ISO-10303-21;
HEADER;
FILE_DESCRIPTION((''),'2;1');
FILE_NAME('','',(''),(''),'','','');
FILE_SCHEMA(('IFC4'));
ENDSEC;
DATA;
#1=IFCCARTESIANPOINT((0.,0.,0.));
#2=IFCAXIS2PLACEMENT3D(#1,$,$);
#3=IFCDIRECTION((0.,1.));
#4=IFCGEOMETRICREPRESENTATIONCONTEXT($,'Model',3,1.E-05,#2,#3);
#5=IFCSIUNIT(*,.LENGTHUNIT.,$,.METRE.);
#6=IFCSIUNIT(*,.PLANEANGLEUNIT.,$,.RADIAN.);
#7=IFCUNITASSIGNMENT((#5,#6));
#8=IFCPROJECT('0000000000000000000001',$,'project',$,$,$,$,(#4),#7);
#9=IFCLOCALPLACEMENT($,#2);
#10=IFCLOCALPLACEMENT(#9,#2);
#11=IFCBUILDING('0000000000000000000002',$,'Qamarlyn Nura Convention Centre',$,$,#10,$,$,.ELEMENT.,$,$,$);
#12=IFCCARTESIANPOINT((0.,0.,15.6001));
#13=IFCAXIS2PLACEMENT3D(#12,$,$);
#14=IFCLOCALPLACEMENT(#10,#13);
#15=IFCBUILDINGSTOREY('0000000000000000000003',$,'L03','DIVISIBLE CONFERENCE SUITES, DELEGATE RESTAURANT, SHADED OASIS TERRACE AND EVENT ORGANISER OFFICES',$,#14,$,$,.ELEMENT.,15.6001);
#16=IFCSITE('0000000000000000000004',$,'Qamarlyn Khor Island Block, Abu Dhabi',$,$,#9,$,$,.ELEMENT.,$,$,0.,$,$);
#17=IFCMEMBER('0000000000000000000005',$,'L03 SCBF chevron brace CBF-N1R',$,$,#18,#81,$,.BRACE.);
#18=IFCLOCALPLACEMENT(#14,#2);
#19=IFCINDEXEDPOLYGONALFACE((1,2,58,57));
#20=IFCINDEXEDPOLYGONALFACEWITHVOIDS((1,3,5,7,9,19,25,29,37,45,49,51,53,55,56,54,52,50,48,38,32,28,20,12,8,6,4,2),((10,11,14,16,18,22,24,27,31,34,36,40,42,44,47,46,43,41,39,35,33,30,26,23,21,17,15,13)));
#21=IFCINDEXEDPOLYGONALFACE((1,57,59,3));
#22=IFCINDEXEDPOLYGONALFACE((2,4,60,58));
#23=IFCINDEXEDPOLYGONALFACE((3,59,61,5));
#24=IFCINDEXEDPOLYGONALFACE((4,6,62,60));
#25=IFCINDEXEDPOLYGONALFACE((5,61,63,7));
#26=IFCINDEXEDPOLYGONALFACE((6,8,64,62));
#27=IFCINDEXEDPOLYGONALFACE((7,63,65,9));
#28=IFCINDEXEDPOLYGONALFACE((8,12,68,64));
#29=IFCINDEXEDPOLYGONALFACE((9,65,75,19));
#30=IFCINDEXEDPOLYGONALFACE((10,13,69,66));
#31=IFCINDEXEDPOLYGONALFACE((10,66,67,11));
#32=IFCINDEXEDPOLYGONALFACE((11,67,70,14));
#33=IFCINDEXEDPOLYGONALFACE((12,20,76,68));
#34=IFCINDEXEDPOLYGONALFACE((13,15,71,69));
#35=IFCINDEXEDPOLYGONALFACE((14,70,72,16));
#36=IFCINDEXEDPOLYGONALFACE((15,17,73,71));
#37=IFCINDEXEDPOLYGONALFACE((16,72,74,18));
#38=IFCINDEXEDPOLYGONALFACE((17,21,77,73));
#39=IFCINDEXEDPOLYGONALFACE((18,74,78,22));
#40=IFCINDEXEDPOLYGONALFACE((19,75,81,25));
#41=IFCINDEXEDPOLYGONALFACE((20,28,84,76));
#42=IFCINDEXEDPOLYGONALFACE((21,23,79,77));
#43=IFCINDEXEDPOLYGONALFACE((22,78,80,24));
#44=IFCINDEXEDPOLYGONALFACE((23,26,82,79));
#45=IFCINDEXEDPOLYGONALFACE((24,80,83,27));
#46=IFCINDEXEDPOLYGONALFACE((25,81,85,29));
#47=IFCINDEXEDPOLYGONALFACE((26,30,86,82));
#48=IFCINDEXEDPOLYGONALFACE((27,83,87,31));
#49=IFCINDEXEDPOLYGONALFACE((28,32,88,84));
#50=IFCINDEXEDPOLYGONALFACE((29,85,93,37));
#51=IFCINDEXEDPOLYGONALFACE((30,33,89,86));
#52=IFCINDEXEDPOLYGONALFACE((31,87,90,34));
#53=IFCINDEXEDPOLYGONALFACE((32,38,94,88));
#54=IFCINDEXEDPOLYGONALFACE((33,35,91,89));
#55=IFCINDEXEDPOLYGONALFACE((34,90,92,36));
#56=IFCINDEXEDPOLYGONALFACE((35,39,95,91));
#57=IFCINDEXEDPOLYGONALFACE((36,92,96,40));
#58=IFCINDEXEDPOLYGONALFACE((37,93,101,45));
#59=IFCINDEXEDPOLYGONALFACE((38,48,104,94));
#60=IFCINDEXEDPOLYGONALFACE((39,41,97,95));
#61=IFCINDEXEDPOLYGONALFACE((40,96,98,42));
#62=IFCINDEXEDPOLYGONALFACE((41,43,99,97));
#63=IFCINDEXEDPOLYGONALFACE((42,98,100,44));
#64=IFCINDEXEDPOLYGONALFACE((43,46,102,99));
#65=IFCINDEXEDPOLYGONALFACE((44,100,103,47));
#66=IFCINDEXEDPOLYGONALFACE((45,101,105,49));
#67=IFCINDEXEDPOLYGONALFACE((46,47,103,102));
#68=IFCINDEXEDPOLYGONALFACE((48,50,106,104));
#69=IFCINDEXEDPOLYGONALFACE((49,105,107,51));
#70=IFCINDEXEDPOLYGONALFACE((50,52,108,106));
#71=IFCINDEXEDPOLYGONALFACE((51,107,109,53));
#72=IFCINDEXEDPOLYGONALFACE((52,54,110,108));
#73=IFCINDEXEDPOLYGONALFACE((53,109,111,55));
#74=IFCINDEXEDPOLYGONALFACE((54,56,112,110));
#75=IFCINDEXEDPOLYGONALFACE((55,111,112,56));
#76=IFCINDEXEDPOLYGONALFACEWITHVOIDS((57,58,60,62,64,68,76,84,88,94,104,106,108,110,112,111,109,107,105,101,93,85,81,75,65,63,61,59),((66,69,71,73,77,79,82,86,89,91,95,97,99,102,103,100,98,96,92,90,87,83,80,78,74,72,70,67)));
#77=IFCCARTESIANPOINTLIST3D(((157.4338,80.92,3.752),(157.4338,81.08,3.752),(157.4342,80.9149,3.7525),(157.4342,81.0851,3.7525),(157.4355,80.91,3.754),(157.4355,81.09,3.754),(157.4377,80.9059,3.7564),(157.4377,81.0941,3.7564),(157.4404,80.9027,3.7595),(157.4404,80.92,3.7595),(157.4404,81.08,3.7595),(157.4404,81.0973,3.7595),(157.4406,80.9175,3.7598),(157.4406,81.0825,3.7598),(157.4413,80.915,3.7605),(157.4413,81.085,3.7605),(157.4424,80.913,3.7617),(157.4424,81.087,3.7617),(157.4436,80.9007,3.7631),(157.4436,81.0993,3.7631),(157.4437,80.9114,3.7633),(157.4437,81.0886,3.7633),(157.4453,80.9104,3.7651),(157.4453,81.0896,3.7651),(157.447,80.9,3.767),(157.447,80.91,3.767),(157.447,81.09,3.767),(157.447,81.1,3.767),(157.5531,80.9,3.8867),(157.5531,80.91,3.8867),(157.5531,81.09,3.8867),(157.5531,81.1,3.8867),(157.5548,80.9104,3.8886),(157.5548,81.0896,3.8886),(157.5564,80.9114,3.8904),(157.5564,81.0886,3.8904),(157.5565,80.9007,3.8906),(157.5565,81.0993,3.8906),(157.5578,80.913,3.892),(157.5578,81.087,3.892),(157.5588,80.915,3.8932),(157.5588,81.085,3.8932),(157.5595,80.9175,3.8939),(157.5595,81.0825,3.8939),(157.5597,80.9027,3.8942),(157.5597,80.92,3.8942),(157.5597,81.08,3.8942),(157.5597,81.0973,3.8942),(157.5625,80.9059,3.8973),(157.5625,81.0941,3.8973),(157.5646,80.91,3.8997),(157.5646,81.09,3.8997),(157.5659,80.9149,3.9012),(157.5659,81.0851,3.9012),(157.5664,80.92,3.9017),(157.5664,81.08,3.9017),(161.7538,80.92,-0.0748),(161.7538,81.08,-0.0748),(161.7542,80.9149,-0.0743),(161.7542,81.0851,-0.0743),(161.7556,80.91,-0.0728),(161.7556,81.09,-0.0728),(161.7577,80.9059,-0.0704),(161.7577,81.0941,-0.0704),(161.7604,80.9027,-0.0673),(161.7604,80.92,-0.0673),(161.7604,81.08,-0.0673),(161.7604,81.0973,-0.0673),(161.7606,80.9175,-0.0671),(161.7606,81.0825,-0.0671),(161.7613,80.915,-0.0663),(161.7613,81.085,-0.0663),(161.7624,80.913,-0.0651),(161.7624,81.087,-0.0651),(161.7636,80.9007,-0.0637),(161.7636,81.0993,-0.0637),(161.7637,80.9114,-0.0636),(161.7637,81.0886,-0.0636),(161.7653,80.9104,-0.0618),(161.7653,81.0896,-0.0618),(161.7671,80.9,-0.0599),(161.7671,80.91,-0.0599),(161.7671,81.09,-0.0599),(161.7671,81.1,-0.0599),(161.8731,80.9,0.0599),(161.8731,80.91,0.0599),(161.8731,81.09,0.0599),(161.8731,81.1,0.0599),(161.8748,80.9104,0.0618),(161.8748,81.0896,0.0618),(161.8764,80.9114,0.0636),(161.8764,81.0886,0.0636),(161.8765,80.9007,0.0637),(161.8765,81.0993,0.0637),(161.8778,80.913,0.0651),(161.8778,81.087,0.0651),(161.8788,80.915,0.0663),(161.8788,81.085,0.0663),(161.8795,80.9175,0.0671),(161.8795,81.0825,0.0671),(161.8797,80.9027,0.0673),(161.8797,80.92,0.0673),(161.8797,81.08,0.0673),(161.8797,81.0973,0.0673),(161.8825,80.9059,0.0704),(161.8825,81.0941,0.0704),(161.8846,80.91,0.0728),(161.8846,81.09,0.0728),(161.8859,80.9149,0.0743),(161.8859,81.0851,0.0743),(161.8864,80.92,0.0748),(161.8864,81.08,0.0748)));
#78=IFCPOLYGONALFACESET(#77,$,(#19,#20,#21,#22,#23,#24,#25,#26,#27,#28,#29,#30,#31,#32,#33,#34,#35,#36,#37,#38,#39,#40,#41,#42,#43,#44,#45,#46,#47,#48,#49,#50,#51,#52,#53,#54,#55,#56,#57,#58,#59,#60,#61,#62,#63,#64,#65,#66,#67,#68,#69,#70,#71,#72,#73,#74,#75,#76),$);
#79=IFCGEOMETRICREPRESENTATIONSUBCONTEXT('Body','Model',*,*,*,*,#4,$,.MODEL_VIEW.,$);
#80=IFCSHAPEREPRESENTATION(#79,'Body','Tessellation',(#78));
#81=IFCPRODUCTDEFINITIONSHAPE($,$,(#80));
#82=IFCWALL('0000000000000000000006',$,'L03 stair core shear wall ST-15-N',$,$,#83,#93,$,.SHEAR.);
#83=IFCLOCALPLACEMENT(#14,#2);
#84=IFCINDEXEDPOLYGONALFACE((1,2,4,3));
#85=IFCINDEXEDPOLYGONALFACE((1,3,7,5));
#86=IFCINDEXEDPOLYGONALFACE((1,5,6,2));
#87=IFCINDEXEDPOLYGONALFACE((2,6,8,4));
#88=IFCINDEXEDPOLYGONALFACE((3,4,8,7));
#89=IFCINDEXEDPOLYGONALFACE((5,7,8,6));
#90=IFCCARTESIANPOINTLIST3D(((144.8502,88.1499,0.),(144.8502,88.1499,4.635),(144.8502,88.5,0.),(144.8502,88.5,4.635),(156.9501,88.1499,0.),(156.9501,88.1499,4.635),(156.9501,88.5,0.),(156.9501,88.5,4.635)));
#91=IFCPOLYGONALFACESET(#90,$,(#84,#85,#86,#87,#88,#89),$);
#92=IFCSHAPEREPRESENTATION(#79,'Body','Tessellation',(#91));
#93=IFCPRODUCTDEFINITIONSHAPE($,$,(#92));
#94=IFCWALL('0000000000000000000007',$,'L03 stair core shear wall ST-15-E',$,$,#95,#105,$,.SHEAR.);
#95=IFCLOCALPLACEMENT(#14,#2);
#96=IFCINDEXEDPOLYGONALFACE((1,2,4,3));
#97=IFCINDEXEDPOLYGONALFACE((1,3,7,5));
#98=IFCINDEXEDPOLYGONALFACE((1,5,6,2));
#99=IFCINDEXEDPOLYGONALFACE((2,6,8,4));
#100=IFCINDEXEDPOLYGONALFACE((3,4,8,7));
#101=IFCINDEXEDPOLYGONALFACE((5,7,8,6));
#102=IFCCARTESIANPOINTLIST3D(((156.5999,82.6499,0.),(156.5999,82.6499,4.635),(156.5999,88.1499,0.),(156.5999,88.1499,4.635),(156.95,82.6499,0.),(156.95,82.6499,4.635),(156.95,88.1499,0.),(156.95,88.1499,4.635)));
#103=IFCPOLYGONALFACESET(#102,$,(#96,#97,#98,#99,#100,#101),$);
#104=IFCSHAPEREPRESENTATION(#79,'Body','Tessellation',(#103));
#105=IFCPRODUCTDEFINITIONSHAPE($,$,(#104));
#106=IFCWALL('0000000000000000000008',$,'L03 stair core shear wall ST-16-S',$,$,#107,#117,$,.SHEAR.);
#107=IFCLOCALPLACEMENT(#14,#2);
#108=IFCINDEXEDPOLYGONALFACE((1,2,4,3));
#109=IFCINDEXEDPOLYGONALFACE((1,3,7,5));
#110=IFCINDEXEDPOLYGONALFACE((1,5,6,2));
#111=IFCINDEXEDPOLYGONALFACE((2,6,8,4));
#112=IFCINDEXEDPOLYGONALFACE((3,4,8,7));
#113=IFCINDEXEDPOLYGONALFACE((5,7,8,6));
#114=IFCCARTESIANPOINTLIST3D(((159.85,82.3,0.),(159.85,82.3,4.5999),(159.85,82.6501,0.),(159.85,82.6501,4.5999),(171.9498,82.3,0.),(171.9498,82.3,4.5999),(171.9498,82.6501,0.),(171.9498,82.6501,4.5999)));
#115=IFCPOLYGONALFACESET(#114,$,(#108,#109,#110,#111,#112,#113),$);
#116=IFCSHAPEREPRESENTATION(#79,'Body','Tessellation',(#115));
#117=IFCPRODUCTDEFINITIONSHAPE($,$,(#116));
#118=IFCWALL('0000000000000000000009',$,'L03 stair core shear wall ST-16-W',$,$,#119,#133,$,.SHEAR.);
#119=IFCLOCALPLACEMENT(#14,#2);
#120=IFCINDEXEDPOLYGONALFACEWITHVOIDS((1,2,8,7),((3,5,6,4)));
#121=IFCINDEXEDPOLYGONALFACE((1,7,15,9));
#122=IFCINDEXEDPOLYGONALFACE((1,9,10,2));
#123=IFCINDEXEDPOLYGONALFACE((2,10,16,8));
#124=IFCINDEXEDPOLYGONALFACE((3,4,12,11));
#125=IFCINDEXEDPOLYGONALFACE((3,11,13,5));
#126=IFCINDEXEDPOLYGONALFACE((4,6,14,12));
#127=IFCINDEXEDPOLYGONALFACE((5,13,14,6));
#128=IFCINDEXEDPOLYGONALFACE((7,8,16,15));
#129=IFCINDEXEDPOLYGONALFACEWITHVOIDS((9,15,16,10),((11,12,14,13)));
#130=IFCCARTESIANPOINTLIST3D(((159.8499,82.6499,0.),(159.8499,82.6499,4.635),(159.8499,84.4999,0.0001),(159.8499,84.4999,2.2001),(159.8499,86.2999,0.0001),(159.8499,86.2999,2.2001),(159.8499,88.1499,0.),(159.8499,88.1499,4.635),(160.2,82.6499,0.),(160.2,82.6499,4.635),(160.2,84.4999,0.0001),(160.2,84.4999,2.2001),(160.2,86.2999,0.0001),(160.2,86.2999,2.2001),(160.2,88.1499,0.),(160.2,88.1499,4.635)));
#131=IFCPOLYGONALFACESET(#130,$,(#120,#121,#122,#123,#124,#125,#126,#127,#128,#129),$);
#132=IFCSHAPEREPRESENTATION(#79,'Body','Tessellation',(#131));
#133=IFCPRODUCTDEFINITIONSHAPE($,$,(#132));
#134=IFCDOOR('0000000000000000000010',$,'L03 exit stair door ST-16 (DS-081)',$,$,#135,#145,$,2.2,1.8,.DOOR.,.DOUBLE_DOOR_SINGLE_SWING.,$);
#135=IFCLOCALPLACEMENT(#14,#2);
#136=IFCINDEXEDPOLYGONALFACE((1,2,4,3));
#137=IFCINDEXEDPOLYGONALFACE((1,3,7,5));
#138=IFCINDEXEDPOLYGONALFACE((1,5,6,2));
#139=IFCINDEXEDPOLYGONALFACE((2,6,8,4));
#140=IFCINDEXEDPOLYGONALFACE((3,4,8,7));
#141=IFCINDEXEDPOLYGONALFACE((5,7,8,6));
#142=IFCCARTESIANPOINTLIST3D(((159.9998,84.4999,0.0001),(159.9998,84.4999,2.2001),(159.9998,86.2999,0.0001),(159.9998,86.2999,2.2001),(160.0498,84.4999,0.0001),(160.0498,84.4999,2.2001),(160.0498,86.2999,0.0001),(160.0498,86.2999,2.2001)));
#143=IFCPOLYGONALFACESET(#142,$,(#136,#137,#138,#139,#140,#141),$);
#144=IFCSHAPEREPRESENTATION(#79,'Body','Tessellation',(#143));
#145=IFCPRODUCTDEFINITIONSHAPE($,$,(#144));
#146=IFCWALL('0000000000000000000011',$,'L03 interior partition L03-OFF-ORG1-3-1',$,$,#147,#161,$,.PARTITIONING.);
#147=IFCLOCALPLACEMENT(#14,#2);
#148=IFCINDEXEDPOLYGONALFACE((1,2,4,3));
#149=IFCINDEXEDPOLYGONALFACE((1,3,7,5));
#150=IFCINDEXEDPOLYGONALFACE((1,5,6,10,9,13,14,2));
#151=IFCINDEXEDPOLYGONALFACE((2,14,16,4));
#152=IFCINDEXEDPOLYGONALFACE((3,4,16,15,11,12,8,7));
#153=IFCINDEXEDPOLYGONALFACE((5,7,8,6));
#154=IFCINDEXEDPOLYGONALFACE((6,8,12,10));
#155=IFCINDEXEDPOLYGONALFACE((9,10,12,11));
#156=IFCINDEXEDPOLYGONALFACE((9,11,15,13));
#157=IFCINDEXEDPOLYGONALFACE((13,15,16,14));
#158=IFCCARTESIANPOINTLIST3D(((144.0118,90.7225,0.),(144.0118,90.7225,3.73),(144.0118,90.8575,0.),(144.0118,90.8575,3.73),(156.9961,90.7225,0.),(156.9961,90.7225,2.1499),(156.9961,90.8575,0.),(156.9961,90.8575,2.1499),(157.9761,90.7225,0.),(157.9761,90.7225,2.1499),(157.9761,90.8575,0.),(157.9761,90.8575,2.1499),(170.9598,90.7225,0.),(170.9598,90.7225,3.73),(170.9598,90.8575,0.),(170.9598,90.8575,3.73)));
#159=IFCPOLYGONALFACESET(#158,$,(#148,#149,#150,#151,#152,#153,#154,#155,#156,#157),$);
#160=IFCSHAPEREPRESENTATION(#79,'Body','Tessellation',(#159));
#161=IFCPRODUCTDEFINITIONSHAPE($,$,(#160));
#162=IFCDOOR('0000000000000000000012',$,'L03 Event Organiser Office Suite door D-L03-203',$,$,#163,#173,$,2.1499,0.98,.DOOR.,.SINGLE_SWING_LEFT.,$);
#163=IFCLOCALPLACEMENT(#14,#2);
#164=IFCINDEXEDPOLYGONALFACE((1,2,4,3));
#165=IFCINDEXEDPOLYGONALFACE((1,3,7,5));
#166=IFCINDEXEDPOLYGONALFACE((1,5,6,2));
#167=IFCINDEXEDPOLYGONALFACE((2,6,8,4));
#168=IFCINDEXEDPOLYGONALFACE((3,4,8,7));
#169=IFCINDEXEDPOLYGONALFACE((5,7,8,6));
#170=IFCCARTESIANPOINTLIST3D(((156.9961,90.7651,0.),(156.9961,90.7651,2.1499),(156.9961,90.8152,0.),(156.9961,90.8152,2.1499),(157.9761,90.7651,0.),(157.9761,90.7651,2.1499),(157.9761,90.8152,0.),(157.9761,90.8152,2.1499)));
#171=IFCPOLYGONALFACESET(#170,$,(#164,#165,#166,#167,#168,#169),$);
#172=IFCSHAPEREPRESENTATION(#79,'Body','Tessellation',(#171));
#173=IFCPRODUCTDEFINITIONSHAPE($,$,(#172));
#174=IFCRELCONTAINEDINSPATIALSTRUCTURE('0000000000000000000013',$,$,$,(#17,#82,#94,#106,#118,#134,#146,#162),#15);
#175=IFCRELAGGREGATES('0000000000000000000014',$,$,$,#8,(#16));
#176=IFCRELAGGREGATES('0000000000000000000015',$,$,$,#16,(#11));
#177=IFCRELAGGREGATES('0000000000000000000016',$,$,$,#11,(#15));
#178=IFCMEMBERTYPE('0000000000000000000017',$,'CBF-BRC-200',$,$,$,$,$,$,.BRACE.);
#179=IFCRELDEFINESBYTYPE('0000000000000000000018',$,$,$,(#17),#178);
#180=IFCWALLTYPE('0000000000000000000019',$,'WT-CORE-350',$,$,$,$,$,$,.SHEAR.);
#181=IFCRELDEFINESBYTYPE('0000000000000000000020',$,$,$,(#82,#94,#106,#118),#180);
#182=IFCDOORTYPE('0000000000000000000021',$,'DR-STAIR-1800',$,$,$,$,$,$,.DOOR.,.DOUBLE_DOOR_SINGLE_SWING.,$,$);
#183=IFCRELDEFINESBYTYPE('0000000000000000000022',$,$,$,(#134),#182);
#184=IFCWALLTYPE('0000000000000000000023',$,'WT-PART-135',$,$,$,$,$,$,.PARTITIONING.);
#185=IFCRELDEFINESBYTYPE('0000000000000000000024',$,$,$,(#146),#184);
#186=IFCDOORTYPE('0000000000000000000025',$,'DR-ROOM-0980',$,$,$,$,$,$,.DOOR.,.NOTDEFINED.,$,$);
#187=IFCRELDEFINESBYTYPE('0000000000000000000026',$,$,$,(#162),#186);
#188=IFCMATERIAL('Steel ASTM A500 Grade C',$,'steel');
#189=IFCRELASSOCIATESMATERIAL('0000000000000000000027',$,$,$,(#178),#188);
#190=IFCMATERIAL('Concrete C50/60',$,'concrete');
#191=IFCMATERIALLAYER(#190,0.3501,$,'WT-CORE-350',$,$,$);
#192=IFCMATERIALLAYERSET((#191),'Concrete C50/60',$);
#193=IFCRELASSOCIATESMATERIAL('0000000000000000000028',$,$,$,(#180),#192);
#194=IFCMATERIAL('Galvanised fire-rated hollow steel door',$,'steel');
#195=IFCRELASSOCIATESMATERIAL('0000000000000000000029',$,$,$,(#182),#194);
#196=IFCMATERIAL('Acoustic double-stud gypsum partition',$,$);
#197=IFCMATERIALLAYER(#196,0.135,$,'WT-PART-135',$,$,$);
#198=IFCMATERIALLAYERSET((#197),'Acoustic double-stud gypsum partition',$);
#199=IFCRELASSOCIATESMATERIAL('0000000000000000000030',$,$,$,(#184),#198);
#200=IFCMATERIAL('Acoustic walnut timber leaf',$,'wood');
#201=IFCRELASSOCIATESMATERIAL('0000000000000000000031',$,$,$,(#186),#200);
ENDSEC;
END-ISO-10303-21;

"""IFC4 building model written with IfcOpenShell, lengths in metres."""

from ifc_helpers import new_model, si_unit, direction, frame, frame_2d, origin, origin_2d, place, context, subcontext, project, spatial, rectangle, hollow_rectangle, extrude, material, layer, layer_set, material_profile, profile_set, type_object, element, fill, save


model = new_model("IFC4")

# Units and contexts
model_context = context("Model", 3, precision=1e-05, world=origin(), true_north=direction((0.0, 1.0)))
body_context = subcontext(model_context, "Body", "Model", "MODEL_VIEW")
ifc_project = project(units=[si_unit("LENGTHUNIT", "METRE"), si_unit("PLANEANGLEUNIT", "RADIAN")], contexts=[model_context])

# Site, building, storey
site_placement = place(None, origin())
site = spatial("IfcSite", under=ifc_project, at=site_placement, Name="Qamarlyn Khor Island Block, Abu Dhabi", CompositionType="ELEMENT", RefElevation=0.0)
building_placement = place(site_placement, origin())
building = spatial("IfcBuilding", under=site, at=building_placement, Name="Qamarlyn Nura Convention Centre", CompositionType="ELEMENT")
storey_placement = place(building_placement, frame((0.0, 0.0, 15.6001)))
storey = spatial("IfcBuildingStorey", under=building, at=storey_placement, Name="L03", Description="DIVISIBLE CONFERENCE SUITES, DELEGATE RESTAURANT, SHADED OASIS TERRACE AND EVENT ORGANISER OFFICES", CompositionType="ELEMENT", Elevation=15.6001)

# Shared definitions
ifc_material_1 = material(Name="Steel ASTM A500 Grade C", Category="steel")

# Member
ifc_material_profile_1 = material_profile(ifc_material_1, hollow_rectangle(XDim=0.2, YDim=0.2, WallThickness=0.01, InnerFilletRadius=0.01, OuterFilletRadius=0.02, at=origin_2d()), Name="HSS200X200X10")
ifc_profile_set_1 = profile_set([ifc_material_profile_1], Name="Steel ASTM A500 Grade C")
member_type = type_object("IfcMemberType", Name="CBF-BRC-200", PredefinedType="BRACE", material=ifc_profile_set_1)
member_placement = place(storey_placement, frame((161.8201, 81.0, 0.0), z_axis=(-0.74854, 0.0, 0.663089), x_axis=(0.0, -1.0, 0.0)))
element("IfcMember", 1, at=member_placement, inside=storey, type_object=member_type, Name="L03 SCBF chevron brace CBF-N1R", PredefinedType="BRACE", context=body_context, shape_type="SweptSolid", body=[
    extrude(hollow_rectangle(XDim=0.2, YDim=0.2, WallThickness=0.01, InnerFilletRadius=0.01, OuterFilletRadius=0.02, at=origin_2d()), origin(), (0.0, 0.0, 1.0), 5.7712),
])

# Walls
ifc_material_2 = material(Name="Concrete C50/60", Category="concrete")
ifc_layer_1 = layer(ifc_material_2, 0.3501, Name="WT-CORE-350")
ifc_layer_set_1 = layer_set([ifc_layer_1], Name="Concrete C50/60")
wall_type_1 = type_object("IfcWallType", Name="WT-CORE-350", PredefinedType="SHEAR", material=ifc_layer_set_1)
wall_1_placement = place(storey_placement, frame((156.95, 88.325, 0.0), z_axis=(0.0, 0.0, 1.0), x_axis=(-1.0, 0.0, 0.0)))
element("IfcWall", 2, at=wall_1_placement, inside=storey, type_object=wall_type_1, Name="L03 stair core shear wall ST-15-N", PredefinedType="SHEAR", context=body_context, shape_type="SweptSolid", body=[
    extrude(rectangle(XDim=12.0999, YDim=0.3501, at=frame_2d((6.0498, 0.0))), origin(), (0.0, 0.0, 1.0), 4.635),
])
wall_2_placement = place(storey_placement, frame((156.7749, 82.6499, 0.0), z_axis=(0.0, 0.0, 1.0), x_axis=(0.0, 1.0, 0.0)))
element("IfcWall", 3, at=wall_2_placement, inside=storey, type_object=wall_type_1, Name="L03 stair core shear wall ST-15-E", PredefinedType="SHEAR", context=body_context, shape_type="SweptSolid", body=[
    extrude(rectangle(XDim=5.5, YDim=0.3501, at=frame_2d((2.75, 0.0))), origin(), (0.0, 0.0, 1.0), 4.635),
])
wall_3_placement = place(storey_placement, frame((159.8501, 82.4751, 0.0), z_axis=(0.0, 0.0, 1.0), x_axis=(1.0, 0.0, 0.0)))
element("IfcWall", 4, at=wall_3_placement, inside=storey, type_object=wall_type_1, Name="L03 stair core shear wall ST-16-S", PredefinedType="SHEAR", context=body_context, shape_type="SweptSolid", body=[
    extrude(rectangle(XDim=12.0999, YDim=0.3501, at=frame_2d((6.0498, 0.0))), origin(), (0.0, 0.0, 1.0), 4.5999),
])

# Walls, openings, doors
wall_4_placement = place(storey_placement, frame((160.0249, 88.1499, 0.0), z_axis=(0.0, 0.0, 1.0), x_axis=(0.0, -1.0, 0.0)))
wall_4 = element("IfcWall", 5, at=wall_4_placement, inside=storey, type_object=wall_type_1, Name="L03 stair core shear wall ST-16-W", PredefinedType="SHEAR", context=body_context, shape_type="SweptSolid", body=[
    extrude(rectangle(XDim=5.5, YDim=0.3501, at=frame_2d((2.75, 0.0))), origin(), (0.0, 0.0, 1.0), 4.635),
])
opening_1_placement = place(wall_4_placement, frame((1.8501, 0.0, 0.0)))
opening_1 = element("IfcOpeningElement", 6, at=opening_1_placement, cuts=wall_4, PredefinedType="OPENING", context=body_context, shape_type="SweptSolid", body=[
    extrude(rectangle(XDim=1.8, YDim=2.2, at=frame_2d((0.8999, 1.1001))), frame((0.0, 0.1851, 0.0), z_axis=(0.0, -1.0, 0.0), x_axis=(1.0, 0.0, 0.0)), (0.0, 0.0, 1.0), 0.3701),
])
ifc_material_3 = material(Name="Galvanised fire-rated hollow steel door", Category="steel")
door_type_1 = type_object("IfcDoorType", Name="DR-STAIR-1800", OperationType="DOUBLE_DOOR_SINGLE_SWING", PredefinedType="DOOR", material=ifc_material_3)
door_1_placement = place(opening_1_placement, origin())
door_1 = element("IfcDoor", 7, at=door_1_placement, inside=storey, type_object=door_type_1, Name="L03 exit stair door ST-16 (DS-081)", OperationType="DOUBLE_DOOR_SINGLE_SWING", OverallHeight=2.2, OverallWidth=1.8, PredefinedType="DOOR", context=body_context, shape_type="SweptSolid", body=[
    extrude(rectangle(XDim=1.8, YDim=2.2, at=frame_2d((0.8999, 1.1001))), frame((0.0, 0.0249, 0.0), z_axis=(0.0, -1.0, 0.0), x_axis=(1.0, 0.0, 0.0)), (0.0, 0.0, 1.0), 0.05),
])
fill(opening_1, door_1)
ifc_material_4 = material(Name="Acoustic double-stud gypsum partition")
ifc_layer_2 = layer(ifc_material_4, 0.135, Name="WT-PART-135")
ifc_layer_set_2 = layer_set([ifc_layer_2], Name="Acoustic double-stud gypsum partition")
wall_type_2 = type_object("IfcWallType", Name="WT-PART-135", PredefinedType="PARTITIONING", material=ifc_layer_set_2)
wall_5_placement = place(storey_placement, frame((170.96, 90.79, 0.0), z_axis=(0.0, 0.0, 1.0), x_axis=(-1.0, 0.0, 0.0)))
wall_5 = element("IfcWall", 8, at=wall_5_placement, inside=storey, type_object=wall_type_2, Name="L03 interior partition L03-OFF-ORG1-3-1", PredefinedType="PARTITIONING", context=body_context, shape_type="SweptSolid", body=[
    extrude(rectangle(XDim=26.948, YDim=0.135, at=frame_2d((13.4741, 0.0))), origin(), (0.0, 0.0, 1.0), 3.73),
])
opening_2_placement = place(wall_5_placement, frame((12.9839, 0.0, 0.0)))
opening_2 = element("IfcOpeningElement", 9, at=opening_2_placement, cuts=wall_5, PredefinedType="OPENING", context=body_context, shape_type="SweptSolid", body=[
    extrude(rectangle(XDim=0.98, YDim=2.1499, at=frame_2d((0.49, 1.075))), frame((0.0, 0.0776, 0.0), z_axis=(0.0, -1.0, 0.0), x_axis=(1.0, 0.0, 0.0)), (0.0, 0.0, 1.0), 0.155),
])
ifc_material_5 = material(Name="Acoustic walnut timber leaf", Category="wood")
door_type_2 = type_object("IfcDoorType", Name="DR-ROOM-0980", OperationType="NOTDEFINED", PredefinedType="DOOR", material=ifc_material_5)
door_2_placement = place(opening_2_placement, origin())
door_2 = element("IfcDoor", 10, at=door_2_placement, inside=storey, type_object=door_type_2, Name="L03 Event Organiser Office Suite door D-L03-203", OperationType="SINGLE_SWING_LEFT", OverallHeight=2.1499, OverallWidth=0.98, PredefinedType="DOOR", context=body_context, shape_type="SweptSolid", body=[
    extrude(rectangle(XDim=0.98, YDim=2.1499, at=frame_2d((0.49, 1.075))), frame((0.0, 0.0249, 0.0), z_axis=(0.0, -1.0, 0.0), x_axis=(1.0, 0.0, 0.0)), (0.0, 0.0, 1.0), 0.05),
])
fill(opening_2, door_2)

save(model, "model.ifc")
